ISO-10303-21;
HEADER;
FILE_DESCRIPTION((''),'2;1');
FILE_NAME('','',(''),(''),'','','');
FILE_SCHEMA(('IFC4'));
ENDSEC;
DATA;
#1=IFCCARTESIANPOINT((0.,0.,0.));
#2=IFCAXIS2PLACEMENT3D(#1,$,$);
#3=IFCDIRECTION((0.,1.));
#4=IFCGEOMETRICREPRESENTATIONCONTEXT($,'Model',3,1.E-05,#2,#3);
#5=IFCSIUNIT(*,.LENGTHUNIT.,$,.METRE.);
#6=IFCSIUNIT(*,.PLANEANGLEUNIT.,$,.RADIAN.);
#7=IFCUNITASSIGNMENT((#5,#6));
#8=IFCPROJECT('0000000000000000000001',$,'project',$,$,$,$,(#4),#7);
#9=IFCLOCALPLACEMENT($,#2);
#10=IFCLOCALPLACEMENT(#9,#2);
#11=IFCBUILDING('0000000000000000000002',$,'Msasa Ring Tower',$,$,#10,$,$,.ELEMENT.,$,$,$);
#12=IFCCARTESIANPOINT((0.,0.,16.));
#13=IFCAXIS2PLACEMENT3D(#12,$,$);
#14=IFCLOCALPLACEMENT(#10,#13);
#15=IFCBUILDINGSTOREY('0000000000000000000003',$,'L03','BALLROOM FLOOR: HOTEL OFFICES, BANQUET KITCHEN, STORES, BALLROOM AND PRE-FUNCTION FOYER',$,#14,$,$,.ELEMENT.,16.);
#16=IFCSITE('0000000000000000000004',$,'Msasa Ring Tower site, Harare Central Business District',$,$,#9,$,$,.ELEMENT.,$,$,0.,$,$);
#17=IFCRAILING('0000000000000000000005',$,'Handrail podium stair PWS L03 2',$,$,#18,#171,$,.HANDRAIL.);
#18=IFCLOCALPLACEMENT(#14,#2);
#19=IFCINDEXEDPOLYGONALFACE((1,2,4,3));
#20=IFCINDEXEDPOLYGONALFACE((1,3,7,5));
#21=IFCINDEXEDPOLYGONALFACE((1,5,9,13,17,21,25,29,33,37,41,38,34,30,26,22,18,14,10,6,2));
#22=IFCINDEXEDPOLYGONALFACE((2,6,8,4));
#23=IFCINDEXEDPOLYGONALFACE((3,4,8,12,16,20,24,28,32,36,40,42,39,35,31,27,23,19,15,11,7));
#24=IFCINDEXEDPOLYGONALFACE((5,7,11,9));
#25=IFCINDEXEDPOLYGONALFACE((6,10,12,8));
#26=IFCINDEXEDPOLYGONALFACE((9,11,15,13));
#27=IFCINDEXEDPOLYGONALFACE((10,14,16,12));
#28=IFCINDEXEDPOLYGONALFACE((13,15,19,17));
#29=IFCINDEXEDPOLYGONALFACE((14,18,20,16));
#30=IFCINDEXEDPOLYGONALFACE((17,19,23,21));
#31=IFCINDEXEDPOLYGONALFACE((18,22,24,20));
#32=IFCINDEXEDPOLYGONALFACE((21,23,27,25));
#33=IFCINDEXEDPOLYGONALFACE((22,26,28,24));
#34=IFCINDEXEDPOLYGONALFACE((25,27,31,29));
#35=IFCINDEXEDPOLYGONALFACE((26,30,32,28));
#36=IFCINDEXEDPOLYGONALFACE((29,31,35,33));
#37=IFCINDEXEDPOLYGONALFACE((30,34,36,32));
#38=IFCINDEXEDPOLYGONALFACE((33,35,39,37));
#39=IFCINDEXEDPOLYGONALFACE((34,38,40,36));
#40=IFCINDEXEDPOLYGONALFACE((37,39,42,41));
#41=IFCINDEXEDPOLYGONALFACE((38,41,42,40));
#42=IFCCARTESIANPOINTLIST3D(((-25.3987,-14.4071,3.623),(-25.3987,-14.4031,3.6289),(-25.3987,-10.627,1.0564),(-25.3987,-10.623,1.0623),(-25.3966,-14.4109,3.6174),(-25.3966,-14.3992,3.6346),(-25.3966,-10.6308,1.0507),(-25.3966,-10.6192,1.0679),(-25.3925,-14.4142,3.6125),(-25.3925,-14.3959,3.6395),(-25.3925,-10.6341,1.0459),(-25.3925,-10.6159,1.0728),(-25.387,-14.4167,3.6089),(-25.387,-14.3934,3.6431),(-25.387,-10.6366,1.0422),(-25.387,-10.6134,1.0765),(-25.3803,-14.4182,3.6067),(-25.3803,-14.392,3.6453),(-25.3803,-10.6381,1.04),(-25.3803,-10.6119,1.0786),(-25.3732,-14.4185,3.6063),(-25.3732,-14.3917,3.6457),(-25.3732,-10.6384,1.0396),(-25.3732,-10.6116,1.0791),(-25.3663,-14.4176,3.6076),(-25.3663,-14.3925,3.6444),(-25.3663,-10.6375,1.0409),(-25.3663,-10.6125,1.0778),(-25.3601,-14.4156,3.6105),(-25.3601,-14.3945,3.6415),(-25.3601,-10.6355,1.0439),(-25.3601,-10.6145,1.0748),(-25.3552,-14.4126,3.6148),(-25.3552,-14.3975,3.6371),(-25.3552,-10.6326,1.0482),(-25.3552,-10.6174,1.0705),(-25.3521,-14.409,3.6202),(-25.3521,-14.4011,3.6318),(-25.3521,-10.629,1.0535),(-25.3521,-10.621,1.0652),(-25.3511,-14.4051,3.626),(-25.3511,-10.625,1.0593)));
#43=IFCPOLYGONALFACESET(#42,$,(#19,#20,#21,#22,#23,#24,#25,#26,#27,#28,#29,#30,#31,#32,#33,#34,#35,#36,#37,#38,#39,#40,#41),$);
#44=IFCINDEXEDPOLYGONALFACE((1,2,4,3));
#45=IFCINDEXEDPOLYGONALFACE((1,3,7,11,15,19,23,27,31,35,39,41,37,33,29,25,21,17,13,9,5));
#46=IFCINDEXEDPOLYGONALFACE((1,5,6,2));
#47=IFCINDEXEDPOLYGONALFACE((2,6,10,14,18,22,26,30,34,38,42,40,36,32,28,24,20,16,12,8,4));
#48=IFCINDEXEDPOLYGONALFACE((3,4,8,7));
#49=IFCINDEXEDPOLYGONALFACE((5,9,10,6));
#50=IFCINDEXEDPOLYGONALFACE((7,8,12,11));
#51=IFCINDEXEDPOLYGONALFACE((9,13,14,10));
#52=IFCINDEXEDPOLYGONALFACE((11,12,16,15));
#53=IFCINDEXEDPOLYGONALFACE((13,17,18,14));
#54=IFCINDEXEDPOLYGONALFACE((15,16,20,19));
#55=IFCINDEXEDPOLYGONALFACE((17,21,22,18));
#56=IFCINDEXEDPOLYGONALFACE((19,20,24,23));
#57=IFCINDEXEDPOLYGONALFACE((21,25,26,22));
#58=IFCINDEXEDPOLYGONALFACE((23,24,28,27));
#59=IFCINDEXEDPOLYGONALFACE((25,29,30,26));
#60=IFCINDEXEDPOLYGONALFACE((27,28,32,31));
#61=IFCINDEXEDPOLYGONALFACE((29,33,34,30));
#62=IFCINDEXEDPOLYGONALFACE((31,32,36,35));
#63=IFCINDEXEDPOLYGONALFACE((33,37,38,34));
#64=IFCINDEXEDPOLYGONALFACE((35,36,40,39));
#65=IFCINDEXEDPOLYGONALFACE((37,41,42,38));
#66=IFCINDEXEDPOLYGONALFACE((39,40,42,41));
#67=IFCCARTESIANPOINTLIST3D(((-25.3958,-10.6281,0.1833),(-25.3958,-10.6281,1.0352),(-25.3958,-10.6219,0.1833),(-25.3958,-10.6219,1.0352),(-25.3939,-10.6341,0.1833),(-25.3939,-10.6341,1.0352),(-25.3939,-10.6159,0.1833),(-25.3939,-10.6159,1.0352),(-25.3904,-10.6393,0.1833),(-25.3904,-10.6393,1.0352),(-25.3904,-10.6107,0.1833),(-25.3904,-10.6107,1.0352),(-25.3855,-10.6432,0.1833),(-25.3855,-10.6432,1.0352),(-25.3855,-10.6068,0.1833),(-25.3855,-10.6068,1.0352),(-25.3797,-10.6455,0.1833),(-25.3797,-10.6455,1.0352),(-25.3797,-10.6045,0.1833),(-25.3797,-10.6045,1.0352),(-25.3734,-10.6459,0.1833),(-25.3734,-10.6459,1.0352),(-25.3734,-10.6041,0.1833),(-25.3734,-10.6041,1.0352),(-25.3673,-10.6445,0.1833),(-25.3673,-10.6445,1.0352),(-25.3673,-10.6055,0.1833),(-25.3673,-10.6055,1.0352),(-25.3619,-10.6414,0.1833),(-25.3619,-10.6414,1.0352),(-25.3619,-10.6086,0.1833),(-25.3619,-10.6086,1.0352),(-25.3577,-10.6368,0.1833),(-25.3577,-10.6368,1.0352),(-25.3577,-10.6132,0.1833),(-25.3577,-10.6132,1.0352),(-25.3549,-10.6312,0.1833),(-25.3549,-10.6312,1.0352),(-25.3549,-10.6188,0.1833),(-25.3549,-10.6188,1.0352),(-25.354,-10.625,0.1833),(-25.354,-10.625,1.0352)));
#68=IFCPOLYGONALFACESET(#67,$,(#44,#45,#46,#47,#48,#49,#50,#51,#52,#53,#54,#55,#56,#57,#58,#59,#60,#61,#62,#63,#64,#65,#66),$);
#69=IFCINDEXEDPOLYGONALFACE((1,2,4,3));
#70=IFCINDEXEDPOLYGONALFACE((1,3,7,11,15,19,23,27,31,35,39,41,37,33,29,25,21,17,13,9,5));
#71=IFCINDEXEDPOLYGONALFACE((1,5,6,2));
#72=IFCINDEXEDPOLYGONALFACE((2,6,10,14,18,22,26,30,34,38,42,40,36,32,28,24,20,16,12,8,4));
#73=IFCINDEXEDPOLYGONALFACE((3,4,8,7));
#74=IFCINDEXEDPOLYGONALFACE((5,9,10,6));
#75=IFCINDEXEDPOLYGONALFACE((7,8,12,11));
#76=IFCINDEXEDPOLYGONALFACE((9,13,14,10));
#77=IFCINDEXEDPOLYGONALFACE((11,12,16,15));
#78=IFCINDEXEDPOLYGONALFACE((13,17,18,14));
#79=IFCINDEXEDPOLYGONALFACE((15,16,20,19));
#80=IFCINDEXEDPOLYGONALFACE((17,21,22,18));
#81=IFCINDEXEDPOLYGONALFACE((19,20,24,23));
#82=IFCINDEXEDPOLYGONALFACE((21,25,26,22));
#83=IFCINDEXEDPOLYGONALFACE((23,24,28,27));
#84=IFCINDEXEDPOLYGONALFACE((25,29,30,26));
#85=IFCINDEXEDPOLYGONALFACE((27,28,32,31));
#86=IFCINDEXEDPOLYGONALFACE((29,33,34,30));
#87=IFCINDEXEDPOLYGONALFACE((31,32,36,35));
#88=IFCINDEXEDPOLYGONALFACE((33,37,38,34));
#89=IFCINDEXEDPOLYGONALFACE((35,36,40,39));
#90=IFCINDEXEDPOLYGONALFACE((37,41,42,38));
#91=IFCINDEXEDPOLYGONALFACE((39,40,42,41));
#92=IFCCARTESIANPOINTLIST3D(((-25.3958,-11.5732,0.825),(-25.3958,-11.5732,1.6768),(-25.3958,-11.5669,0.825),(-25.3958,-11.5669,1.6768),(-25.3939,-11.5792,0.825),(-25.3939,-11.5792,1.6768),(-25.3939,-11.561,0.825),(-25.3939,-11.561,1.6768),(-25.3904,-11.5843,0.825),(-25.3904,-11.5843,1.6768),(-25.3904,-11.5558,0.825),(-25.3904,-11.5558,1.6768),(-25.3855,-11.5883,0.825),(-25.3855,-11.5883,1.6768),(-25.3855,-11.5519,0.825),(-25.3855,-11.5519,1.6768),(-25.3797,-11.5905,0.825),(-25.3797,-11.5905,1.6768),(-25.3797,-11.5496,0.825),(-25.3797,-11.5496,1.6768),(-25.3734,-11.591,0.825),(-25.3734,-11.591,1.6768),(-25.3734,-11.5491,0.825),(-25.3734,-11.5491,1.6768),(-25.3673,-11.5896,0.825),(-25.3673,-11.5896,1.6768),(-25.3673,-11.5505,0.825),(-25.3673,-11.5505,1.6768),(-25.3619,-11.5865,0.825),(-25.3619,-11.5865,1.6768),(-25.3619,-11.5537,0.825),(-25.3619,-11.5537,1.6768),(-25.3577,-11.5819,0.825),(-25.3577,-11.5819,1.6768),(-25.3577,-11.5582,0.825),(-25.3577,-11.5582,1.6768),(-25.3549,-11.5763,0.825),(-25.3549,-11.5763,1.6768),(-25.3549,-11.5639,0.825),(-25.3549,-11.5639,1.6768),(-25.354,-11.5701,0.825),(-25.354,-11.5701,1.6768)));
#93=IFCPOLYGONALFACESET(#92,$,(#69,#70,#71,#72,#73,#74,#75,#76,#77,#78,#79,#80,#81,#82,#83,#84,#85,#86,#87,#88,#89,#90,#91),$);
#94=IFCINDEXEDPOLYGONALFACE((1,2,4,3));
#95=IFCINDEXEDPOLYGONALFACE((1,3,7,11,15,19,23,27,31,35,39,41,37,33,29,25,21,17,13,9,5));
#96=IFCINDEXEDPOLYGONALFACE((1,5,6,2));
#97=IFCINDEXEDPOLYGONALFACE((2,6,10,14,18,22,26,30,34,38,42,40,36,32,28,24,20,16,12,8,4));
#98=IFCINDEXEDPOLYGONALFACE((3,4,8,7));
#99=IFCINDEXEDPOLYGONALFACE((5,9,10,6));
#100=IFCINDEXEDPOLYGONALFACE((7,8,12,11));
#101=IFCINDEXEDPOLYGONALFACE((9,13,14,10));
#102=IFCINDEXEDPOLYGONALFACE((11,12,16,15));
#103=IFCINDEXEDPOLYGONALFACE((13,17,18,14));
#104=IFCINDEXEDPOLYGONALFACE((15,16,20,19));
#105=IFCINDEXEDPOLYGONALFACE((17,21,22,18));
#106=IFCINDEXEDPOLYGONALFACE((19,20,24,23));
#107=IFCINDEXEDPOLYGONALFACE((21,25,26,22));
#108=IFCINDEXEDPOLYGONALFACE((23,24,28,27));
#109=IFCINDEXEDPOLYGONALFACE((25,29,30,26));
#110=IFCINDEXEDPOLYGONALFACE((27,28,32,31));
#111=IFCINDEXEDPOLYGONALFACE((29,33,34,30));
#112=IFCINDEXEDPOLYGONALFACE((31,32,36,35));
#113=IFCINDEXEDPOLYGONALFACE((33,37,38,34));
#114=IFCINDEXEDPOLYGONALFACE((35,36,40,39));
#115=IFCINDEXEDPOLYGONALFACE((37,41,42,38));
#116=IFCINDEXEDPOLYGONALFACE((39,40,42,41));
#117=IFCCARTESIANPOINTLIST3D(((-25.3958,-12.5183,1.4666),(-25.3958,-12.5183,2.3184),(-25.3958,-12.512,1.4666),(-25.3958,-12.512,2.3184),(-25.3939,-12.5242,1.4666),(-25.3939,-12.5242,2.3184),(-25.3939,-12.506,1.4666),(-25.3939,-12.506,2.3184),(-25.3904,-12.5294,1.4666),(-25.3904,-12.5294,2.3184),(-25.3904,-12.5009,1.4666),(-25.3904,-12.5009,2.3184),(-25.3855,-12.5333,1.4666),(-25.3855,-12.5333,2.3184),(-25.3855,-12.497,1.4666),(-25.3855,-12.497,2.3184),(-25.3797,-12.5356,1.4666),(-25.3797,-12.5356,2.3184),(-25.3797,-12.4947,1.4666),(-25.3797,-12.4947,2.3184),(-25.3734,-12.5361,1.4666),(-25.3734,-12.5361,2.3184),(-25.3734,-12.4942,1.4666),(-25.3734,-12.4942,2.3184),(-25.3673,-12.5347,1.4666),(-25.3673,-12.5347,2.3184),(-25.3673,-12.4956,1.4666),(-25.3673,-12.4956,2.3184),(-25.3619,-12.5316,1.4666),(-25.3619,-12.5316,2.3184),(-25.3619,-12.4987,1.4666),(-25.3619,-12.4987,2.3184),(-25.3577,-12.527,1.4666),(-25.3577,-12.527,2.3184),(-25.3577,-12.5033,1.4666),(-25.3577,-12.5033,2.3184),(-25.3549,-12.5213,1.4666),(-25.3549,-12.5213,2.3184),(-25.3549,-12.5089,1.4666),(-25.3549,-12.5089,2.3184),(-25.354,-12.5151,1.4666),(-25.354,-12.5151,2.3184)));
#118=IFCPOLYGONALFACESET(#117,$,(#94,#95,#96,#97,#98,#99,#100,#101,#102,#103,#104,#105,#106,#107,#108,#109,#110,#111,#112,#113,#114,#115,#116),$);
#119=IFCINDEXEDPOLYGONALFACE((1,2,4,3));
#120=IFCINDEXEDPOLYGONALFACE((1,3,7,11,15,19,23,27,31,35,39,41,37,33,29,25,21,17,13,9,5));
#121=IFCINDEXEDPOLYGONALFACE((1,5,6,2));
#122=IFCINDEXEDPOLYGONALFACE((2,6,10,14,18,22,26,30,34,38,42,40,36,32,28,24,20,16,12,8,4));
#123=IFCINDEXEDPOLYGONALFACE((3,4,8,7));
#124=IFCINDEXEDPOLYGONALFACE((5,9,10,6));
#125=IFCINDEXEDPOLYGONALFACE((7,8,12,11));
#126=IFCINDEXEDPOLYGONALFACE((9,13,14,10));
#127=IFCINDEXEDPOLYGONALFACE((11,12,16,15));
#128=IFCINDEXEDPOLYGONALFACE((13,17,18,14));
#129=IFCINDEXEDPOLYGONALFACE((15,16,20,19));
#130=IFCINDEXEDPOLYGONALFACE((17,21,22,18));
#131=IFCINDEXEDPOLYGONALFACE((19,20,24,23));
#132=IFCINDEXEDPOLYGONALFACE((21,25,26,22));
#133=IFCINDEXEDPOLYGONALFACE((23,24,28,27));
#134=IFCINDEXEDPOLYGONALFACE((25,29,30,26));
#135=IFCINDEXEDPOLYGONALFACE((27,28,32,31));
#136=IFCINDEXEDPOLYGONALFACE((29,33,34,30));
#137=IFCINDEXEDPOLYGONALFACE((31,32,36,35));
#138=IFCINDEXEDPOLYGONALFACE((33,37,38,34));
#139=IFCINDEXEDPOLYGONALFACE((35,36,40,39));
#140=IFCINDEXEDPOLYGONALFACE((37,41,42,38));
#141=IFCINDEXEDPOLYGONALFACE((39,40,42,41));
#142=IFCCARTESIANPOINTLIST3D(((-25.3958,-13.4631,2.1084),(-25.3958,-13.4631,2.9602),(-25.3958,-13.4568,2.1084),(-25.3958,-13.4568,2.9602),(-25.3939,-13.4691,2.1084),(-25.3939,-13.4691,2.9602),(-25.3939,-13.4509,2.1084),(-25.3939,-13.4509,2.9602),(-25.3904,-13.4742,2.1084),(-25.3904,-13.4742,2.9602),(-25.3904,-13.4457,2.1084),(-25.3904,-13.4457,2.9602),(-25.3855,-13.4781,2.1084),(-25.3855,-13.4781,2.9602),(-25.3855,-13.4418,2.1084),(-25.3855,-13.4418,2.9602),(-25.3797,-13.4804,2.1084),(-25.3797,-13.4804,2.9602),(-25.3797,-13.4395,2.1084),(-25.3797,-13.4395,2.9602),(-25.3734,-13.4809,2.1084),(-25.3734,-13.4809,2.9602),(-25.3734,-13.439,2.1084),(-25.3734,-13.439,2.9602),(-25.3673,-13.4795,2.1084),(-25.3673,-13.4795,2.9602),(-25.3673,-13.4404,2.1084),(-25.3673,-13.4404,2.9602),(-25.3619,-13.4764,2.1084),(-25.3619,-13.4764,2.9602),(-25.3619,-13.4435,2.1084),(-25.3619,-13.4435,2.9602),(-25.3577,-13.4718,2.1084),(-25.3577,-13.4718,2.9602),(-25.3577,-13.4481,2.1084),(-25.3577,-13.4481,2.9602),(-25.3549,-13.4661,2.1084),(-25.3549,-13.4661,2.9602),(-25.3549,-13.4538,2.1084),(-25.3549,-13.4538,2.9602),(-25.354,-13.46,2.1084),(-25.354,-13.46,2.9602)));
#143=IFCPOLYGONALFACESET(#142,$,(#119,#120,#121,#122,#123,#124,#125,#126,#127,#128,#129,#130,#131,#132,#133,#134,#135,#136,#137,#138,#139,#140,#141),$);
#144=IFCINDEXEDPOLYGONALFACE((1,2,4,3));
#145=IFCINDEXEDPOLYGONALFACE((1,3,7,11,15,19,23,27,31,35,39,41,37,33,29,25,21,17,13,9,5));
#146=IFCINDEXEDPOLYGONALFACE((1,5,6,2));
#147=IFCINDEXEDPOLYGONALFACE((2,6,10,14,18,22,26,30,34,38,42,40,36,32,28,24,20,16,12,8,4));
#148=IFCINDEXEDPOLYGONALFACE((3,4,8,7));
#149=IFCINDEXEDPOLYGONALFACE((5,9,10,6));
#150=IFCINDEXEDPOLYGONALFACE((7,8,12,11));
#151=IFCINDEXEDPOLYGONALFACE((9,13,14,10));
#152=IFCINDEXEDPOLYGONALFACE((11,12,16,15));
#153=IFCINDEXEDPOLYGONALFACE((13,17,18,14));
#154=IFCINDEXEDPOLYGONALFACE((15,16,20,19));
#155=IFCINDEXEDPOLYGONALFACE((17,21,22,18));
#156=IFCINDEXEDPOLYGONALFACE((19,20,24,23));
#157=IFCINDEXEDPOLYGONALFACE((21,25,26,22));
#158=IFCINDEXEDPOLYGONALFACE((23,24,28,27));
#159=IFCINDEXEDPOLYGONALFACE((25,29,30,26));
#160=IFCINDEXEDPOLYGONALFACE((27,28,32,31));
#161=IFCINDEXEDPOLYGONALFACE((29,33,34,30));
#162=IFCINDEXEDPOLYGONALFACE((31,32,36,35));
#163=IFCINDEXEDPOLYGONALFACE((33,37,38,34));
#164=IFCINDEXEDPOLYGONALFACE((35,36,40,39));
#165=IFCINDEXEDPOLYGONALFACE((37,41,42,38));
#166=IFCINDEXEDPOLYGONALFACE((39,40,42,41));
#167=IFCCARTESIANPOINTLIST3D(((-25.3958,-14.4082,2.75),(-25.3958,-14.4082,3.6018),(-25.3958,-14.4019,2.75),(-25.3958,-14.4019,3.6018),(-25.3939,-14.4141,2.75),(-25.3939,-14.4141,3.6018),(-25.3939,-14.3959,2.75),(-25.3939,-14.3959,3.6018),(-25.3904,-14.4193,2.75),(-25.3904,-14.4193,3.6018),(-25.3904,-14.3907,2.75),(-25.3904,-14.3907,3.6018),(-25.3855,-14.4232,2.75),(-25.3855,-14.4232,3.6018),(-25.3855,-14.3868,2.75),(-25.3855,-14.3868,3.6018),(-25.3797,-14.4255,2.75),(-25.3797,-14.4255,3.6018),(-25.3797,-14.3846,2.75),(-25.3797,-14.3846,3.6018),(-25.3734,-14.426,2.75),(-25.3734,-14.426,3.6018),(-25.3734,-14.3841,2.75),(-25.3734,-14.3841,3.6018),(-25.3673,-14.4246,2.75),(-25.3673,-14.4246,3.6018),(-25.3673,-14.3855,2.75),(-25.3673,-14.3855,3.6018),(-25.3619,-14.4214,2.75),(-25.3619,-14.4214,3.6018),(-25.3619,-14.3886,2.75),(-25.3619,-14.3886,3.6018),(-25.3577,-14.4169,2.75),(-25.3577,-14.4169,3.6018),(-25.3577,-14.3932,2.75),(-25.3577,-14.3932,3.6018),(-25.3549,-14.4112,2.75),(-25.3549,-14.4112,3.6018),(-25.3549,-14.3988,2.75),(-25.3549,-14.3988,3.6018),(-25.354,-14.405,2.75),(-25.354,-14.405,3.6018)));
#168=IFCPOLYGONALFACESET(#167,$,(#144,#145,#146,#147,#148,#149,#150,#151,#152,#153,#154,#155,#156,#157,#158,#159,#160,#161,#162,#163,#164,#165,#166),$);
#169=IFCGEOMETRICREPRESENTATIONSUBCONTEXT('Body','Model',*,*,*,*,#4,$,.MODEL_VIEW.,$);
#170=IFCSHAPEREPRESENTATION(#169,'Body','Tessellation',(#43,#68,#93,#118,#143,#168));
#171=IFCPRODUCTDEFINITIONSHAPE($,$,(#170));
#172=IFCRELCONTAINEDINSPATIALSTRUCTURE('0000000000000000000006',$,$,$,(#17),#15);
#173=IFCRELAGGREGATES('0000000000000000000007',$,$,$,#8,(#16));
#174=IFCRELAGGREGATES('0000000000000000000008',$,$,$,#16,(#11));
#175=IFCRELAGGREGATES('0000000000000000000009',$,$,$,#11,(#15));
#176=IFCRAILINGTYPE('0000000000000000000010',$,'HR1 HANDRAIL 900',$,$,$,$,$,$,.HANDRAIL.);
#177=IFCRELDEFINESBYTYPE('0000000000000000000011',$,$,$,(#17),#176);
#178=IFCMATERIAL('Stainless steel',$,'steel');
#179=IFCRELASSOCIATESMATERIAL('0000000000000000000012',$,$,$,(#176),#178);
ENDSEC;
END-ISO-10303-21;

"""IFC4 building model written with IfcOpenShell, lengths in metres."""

from ifc_helpers import new_model, si_unit, direction, frame, origin, origin_2d, place, context, subcontext, project, spatial, circle, extrude, material, type_object, element, save


model = new_model("IFC4")

# Units and contexts
model_context = context("Model", 3, precision=1e-05, world=origin(), true_north=direction((0.0, 1.0)))
body_context = subcontext(model_context, "Body", "Model", "MODEL_VIEW")
ifc_project = project(units=[si_unit("LENGTHUNIT", "METRE"), si_unit("PLANEANGLEUNIT", "RADIAN")], contexts=[model_context])

# Site, building, storey
site_placement = place(None, origin())
site = spatial("IfcSite", under=ifc_project, at=site_placement, Name="Msasa Ring Tower site, Harare Central Business District", CompositionType="ELEMENT", RefElevation=0.0)
building_placement = place(site_placement, origin())
building = spatial("IfcBuilding", under=site, at=building_placement, Name="Msasa Ring Tower", CompositionType="ELEMENT")
storey_placement = place(building_placement, frame((0.0, 0.0, 16.0)))
storey = spatial("IfcBuildingStorey", under=building, at=storey_placement, Name="L03", Description="BALLROOM FLOOR: HOTEL OFFICES, BANQUET KITCHEN, STORES, BALLROOM AND PRE-FUNCTION FOYER", CompositionType="ELEMENT", Elevation=16.0)

# Railing
ifc_material_1 = material(Name="Stainless steel", Category="steel")
railing_type = type_object("IfcRailingType", Name="HR1 HANDRAIL 900", PredefinedType="HANDRAIL", material=ifc_material_1)
for number, where, name in (
    (1, (-25.375, -10.625, 0.1833), "Handrail podium stair PWS L03 2"),
):
    element("IfcRailing", number, at=place(storey_placement, frame(where)), inside=storey, type_object=railing_type, Name=name, PredefinedType="HANDRAIL", context=body_context, shape_type="SweptSolid", body=[
        extrude(circle(Radius=0.0239, at=origin_2d()), frame((0.0, 0.0, 0.876), z_axis=(0.0, -0.82731, 0.561746), x_axis=(1.0, 0.0, 0.0)), (0.0, 0.0, 1.0), 4.5691),
        extrude(circle(Radius=0.021, at=origin_2d()), origin(), (0.0, 0.0, 1.0), 0.8518),
        extrude(circle(Radius=0.021, at=origin_2d()), frame((0.0, -0.9451, 0.6416)), (0.0, 0.0, 1.0), 0.8518),
        extrude(circle(Radius=0.021, at=origin_2d()), frame((0.0, -1.8901, 1.2832)), (0.0, 0.0, 1.0), 0.8518),
        extrude(circle(Radius=0.021, at=origin_2d()), frame((0.0, -2.835, 1.925)), (0.0, 0.0, 1.0), 0.8518),
        extrude(circle(Radius=0.021, at=origin_2d()), frame((0.0, -3.78, 2.5667)), (0.0, 0.0, 1.0), 0.8518),
    ])

save(model, "model.ifc")
